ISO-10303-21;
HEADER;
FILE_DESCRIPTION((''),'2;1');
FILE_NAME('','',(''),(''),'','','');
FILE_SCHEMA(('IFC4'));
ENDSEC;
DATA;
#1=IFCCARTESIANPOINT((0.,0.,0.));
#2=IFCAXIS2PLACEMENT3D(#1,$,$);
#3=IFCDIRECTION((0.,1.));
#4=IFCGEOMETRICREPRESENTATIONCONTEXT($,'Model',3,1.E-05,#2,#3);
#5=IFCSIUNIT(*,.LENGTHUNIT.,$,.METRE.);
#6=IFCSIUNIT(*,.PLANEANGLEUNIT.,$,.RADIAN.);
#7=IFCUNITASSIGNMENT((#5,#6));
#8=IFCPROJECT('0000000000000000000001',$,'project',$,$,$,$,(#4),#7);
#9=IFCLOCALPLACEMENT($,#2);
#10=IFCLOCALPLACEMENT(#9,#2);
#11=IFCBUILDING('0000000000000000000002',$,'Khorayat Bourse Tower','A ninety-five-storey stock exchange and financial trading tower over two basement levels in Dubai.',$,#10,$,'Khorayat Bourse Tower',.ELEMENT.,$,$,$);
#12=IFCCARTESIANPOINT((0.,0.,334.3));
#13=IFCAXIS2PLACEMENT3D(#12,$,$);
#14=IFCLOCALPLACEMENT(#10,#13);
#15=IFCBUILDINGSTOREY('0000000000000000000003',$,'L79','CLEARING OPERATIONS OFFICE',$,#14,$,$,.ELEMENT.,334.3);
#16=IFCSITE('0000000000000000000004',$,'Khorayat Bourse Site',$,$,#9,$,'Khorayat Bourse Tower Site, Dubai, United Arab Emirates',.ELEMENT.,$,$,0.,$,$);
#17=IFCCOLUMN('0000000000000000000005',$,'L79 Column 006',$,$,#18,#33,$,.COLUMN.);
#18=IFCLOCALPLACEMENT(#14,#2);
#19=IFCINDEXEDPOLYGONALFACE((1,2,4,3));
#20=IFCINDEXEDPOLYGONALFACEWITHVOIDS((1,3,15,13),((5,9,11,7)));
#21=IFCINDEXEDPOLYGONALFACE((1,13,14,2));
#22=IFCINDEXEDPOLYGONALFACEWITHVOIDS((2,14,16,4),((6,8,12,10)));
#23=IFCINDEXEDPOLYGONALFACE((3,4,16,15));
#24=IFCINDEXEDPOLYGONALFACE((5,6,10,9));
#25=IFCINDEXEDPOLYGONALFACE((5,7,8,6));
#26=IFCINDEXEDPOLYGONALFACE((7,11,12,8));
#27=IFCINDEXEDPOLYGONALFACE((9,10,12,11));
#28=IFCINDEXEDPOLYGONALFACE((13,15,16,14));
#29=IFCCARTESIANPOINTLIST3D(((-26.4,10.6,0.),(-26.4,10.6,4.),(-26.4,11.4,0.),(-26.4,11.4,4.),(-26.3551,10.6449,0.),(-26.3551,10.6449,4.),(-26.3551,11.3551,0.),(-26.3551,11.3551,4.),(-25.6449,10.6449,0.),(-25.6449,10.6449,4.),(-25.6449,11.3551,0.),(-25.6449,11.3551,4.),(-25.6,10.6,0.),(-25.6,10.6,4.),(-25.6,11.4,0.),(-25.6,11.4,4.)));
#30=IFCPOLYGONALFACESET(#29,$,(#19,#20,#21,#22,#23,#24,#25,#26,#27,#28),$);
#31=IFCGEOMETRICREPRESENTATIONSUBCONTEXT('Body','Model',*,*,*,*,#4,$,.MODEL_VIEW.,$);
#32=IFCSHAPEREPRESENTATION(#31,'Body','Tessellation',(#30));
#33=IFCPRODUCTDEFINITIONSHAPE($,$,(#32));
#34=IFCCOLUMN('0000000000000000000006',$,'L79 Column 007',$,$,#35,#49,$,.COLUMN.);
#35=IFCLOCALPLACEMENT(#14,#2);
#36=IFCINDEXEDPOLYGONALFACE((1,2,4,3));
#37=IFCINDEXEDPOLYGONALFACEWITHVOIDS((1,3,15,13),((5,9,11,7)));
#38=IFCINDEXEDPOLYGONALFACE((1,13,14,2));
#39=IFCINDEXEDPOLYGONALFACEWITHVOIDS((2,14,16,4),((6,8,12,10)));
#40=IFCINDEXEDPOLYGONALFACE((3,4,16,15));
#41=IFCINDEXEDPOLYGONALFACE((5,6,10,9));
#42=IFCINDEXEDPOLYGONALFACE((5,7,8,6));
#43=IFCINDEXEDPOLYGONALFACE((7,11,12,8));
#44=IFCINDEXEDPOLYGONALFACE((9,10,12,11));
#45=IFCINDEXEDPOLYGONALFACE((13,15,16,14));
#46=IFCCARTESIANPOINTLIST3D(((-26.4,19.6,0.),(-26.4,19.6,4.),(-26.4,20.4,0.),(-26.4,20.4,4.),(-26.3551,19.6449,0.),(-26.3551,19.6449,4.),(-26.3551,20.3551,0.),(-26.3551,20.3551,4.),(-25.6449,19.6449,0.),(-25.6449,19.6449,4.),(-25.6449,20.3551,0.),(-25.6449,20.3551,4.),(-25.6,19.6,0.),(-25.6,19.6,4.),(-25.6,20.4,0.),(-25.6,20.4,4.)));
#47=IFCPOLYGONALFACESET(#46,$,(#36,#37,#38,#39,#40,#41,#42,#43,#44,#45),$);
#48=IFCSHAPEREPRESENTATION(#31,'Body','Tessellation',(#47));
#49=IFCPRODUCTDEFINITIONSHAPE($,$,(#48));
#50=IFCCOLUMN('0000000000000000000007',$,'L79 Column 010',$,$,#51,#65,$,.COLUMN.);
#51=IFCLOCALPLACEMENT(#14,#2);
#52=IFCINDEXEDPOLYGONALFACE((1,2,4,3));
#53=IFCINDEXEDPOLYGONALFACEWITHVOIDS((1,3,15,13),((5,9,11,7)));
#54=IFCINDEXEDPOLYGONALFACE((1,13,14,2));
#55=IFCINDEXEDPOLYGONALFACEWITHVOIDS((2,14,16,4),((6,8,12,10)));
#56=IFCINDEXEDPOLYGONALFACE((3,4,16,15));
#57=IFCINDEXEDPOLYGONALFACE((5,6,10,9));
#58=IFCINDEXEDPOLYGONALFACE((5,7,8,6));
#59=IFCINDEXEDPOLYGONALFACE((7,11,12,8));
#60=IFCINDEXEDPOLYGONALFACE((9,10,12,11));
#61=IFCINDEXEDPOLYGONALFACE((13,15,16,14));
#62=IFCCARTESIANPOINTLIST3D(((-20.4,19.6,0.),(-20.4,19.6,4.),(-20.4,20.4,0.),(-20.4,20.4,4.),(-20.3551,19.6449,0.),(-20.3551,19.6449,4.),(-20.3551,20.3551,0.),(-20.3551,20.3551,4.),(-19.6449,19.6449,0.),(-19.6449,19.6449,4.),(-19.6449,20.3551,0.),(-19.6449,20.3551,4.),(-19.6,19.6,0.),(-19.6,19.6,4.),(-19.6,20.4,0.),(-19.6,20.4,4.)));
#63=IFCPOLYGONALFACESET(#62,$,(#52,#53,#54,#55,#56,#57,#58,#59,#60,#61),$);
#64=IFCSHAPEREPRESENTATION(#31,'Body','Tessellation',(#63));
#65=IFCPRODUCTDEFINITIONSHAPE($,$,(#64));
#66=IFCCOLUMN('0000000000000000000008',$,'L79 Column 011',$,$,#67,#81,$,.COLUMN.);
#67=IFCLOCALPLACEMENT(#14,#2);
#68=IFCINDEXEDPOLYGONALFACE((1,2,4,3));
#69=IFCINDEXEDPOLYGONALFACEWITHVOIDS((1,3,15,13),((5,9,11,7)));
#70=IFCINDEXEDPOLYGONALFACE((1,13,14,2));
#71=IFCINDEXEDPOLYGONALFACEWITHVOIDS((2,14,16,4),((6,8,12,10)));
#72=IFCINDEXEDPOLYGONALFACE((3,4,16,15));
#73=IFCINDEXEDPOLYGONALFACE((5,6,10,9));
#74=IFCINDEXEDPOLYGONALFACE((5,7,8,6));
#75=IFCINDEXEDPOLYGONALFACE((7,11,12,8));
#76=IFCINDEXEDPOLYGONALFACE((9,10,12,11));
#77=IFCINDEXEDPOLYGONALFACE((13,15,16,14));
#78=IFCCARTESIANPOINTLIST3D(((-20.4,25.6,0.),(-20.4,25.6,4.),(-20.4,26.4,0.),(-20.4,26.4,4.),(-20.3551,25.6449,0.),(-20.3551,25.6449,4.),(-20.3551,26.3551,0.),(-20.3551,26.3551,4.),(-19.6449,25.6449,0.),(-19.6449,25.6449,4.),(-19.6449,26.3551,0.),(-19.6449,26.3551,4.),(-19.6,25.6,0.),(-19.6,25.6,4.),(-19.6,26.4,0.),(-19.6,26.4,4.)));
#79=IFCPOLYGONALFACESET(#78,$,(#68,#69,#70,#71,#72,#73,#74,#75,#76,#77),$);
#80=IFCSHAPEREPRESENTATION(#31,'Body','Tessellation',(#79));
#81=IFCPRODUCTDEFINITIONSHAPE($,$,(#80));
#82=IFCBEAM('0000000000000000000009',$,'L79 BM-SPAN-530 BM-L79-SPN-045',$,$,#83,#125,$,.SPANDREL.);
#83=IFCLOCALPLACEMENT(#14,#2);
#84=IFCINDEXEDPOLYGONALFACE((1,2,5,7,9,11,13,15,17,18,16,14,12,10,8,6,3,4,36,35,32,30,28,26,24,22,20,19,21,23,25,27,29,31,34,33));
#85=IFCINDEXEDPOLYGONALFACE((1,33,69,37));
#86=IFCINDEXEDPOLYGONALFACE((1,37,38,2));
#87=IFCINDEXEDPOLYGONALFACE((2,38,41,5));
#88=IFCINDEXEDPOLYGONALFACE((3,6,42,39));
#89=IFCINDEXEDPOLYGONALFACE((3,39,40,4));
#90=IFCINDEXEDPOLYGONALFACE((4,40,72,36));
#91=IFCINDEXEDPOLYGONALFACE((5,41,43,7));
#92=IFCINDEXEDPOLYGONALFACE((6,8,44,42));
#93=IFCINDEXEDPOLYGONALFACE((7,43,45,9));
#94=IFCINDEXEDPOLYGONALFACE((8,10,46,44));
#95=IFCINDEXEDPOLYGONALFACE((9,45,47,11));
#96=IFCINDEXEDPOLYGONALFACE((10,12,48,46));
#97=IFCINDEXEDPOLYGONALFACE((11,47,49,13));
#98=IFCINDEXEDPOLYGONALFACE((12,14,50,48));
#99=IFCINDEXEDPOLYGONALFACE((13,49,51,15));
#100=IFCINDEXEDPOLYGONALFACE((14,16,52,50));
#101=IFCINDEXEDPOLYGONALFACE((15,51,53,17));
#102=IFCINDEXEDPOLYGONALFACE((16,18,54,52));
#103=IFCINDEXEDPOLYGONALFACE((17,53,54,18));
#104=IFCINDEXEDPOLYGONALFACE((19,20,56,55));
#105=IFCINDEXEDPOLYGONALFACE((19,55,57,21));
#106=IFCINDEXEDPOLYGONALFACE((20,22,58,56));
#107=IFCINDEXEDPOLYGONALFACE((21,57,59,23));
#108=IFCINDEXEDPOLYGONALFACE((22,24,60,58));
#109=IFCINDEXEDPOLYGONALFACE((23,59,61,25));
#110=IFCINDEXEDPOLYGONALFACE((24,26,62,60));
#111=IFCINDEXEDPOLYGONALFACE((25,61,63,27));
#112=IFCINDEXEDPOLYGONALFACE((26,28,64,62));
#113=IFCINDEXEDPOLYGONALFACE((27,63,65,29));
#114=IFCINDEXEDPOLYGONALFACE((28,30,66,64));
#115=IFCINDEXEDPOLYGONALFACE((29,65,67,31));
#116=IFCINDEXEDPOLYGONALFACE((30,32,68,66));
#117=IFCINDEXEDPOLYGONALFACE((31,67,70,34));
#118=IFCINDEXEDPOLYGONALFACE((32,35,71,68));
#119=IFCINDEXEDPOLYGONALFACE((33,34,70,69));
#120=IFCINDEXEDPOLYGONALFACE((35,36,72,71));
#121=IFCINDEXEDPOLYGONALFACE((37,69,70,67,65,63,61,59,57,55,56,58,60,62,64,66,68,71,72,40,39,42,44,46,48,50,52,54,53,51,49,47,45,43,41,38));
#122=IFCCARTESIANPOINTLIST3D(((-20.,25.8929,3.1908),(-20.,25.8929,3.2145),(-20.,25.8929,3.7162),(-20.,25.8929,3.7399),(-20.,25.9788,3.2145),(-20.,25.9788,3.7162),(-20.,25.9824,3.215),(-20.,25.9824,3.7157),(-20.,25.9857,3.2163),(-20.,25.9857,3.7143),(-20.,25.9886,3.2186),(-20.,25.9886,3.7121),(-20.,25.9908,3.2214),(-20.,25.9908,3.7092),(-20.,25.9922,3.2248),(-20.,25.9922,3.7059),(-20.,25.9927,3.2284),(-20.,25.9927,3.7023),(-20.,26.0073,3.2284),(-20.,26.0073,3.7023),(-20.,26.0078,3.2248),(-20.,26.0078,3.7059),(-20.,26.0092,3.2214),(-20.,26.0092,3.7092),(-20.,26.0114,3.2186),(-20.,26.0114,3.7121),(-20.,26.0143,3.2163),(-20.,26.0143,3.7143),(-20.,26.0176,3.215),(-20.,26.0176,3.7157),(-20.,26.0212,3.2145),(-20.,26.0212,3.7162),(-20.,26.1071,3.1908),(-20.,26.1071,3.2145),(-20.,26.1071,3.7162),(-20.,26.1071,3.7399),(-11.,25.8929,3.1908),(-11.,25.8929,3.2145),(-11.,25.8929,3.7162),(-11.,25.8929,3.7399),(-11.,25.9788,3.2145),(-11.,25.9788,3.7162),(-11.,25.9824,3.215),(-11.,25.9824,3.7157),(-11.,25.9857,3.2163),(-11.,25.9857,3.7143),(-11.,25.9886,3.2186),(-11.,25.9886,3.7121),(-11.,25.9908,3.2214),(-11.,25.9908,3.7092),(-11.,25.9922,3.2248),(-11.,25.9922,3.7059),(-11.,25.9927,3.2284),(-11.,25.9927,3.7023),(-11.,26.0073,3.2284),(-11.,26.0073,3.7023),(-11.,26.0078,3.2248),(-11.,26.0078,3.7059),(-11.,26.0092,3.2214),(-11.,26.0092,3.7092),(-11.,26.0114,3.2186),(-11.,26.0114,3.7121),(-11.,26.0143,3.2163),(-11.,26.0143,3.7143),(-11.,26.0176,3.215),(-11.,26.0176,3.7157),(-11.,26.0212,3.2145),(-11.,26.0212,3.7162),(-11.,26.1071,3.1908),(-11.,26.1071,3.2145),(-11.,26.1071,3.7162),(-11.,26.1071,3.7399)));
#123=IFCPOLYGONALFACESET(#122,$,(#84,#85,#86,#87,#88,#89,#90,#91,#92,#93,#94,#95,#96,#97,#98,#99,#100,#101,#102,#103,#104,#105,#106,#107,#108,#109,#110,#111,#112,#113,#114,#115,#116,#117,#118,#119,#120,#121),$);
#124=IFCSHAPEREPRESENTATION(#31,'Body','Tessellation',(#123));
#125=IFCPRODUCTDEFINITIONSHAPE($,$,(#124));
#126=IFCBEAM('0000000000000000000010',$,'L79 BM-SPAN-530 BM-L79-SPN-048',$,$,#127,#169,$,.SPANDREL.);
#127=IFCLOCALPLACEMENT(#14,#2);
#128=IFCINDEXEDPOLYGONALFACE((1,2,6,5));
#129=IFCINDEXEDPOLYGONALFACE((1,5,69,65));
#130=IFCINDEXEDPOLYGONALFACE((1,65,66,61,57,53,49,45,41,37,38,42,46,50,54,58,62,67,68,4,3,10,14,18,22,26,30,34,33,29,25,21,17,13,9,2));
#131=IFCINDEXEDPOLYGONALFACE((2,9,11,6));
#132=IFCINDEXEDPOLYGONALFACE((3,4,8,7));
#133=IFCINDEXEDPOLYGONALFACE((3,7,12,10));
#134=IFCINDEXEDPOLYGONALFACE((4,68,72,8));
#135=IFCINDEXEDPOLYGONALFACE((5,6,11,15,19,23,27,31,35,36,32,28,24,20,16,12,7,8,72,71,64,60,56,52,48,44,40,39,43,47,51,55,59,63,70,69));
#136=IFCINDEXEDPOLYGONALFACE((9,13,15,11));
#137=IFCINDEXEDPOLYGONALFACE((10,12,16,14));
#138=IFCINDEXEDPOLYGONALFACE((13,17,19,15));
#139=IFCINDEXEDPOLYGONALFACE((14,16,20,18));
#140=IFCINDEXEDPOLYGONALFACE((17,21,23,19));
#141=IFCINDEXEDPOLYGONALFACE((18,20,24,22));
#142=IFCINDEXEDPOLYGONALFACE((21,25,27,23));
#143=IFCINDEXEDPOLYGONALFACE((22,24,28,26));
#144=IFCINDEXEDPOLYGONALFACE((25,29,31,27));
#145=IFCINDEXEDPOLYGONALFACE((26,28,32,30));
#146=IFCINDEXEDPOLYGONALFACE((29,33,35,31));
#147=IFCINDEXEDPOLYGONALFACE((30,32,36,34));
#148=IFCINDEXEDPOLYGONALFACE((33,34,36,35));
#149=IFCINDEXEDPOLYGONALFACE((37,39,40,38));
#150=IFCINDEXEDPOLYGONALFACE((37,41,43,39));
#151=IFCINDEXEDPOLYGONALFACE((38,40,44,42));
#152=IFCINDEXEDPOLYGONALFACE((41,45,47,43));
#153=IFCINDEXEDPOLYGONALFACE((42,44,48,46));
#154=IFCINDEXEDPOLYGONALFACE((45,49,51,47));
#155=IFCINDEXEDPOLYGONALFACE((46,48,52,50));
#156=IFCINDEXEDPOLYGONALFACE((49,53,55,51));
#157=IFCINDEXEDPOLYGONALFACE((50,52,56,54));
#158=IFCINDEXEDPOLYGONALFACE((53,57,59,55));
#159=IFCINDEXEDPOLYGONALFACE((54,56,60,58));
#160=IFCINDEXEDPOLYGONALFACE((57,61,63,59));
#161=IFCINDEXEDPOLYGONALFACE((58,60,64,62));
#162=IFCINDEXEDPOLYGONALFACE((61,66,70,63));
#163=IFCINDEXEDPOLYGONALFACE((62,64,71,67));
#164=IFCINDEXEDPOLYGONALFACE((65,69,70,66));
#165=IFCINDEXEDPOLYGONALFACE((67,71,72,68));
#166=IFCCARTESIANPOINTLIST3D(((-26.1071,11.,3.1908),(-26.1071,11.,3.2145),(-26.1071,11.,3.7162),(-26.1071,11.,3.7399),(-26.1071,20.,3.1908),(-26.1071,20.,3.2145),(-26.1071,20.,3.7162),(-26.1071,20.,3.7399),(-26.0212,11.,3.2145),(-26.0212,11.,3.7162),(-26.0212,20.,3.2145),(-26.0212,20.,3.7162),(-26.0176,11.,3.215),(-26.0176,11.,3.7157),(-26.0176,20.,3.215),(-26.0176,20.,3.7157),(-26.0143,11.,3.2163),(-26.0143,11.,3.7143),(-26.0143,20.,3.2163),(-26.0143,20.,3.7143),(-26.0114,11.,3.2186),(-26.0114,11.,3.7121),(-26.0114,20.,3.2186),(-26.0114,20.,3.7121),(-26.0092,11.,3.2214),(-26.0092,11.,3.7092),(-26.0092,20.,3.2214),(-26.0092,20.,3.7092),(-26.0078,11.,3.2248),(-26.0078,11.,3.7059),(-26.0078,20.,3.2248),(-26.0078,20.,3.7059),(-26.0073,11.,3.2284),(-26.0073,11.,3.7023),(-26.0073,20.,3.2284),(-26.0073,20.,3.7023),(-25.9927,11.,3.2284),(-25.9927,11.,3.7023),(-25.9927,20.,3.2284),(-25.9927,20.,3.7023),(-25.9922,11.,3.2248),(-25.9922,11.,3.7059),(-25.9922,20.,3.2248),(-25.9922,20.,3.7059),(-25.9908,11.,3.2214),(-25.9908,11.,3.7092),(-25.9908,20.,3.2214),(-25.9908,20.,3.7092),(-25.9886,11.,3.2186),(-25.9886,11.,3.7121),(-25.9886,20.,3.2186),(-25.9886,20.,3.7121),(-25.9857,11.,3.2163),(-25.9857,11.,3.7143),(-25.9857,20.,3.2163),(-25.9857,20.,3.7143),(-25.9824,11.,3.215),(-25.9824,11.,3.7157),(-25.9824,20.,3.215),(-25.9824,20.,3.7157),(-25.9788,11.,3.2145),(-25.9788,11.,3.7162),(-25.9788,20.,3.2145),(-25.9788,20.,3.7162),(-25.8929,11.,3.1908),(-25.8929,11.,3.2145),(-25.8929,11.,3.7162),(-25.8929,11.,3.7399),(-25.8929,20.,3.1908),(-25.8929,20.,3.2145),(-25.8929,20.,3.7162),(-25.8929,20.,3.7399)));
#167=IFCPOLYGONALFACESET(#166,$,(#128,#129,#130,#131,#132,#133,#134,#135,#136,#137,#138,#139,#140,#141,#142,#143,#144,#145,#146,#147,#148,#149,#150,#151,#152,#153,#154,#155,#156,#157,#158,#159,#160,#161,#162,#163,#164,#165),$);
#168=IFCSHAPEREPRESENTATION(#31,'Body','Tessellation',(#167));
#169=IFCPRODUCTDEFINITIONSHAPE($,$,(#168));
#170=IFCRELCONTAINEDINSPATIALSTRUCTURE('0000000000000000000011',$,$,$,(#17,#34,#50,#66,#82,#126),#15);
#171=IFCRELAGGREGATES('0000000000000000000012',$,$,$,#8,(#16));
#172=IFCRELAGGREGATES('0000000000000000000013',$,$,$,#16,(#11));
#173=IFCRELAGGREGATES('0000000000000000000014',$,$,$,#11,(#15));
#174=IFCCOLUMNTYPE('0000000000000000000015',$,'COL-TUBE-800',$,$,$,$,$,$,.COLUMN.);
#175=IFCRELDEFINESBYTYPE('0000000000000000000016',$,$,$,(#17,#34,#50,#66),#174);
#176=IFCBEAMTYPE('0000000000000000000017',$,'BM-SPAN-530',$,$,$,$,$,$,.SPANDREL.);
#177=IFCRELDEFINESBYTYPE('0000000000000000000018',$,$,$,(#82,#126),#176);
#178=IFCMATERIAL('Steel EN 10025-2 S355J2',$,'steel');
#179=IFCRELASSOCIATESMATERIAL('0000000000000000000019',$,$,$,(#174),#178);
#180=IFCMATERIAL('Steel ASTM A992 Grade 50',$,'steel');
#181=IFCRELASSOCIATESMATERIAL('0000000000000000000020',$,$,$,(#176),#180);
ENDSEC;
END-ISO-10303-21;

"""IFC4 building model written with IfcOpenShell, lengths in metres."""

from ifc_helpers import new_model, si_unit, direction, frame, origin, origin_2d, place, context, subcontext, project, spatial, hollow_rectangle, i_section, extrude, source, transform, mapped, material, material_profile, profile_set, type_object, element, save


model = new_model("IFC4")

# Units and contexts
model_context = context("Model", 3, precision=1e-05, world=origin(), true_north=direction((0.0, 1.0)))
body_context = subcontext(model_context, "Body", "Model", "MODEL_VIEW")
ifc_project = project(units=[si_unit("LENGTHUNIT", "METRE"), si_unit("PLANEANGLEUNIT", "RADIAN")], contexts=[model_context])

# Site, building, storey
site_placement = place(None, origin())
site = spatial("IfcSite", under=ifc_project, at=site_placement, Name="Khorayat Bourse Site", LongName="Khorayat Bourse Tower Site, Dubai, United Arab Emirates", CompositionType="ELEMENT", RefElevation=0.0)
building_placement = place(site_placement, origin())
building = spatial("IfcBuilding", under=site, at=building_placement, Name="Khorayat Bourse Tower", Description="A ninety-five-storey stock exchange and financial trading tower over two basement levels in Dubai.", LongName="Khorayat Bourse Tower", CompositionType="ELEMENT")
storey_placement = place(building_placement, frame((0.0, 0.0, 334.3)))
storey = spatial("IfcBuildingStorey", under=building, at=storey_placement, Name="L79", Description="CLEARING OPERATIONS OFFICE", CompositionType="ELEMENT", Elevation=334.3)

# Columns
ifc_material_1 = material(Name="Steel EN 10025-2 S355J2", Category="steel")
ifc_material_profile_1 = material_profile(ifc_material_1, hollow_rectangle(XDim=0.8, YDim=0.8, WallThickness=0.0449, at=origin_2d()), Name="BOX 800x800x45")
ifc_profile_set_1 = profile_set([ifc_material_profile_1], Name="Steel EN 10025-2 S355J2")
column_type = type_object("IfcColumnType", Name="COL-TUBE-800", PredefinedType="COLUMN", material=ifc_profile_set_1)
shared_shape_1 = source(origin(), body_context, "Body", "SweptSolid", [
    extrude(hollow_rectangle(XDim=0.8, YDim=0.8, WallThickness=0.0449, at=origin_2d()), origin(), (0.0, 0.0, 1.0), 4.0),
])
for number, where, z_axis, x_axis, name in (
    (1, (-26.0, 11.0, 0.0), (0.0, 0.0, 1.0), (1.0, 0.0, 0.0), "L79 Column 006"),
    (2, (-26.0, 20.0, 0.0), (0.0, 0.0, 1.0), (1.0, 0.0, 0.0), "L79 Column 007"),
    (3, (-20.0, 20.0, 0.0), (0.0, 0.0, 1.0), (1.0, 0.0, 0.0), "L79 Column 010"),
    (4, (-20.0, 26.0, 0.0), (0.0, 0.0, 1.0), (1.0, 0.0, 0.0), "L79 Column 011"),
):
    element("IfcColumn", number, at=place(storey_placement, frame(where, z_axis=z_axis, x_axis=x_axis)), inside=storey, type_object=column_type, Name=name, PredefinedType="COLUMN", context=body_context, shape_type="MappedRepresentation", body=[
        mapped(shared_shape_1, transform((0.0, 0.0, 0.0), scale=1.0)),
    ])

# Beams
ifc_material_2 = material(Name="Steel ASTM A992 Grade 50", Category="steel")
ifc_material_profile_2 = material_profile(ifc_material_2, i_section(OverallWidth=0.2141, OverallDepth=0.5491, WebThickness=0.0146, FlangeThickness=0.0237, FilletRadius=0.0139, at=origin_2d()), Name="W530X138")
ifc_profile_set_2 = profile_set([ifc_material_profile_2], Name="Steel ASTM A992 Grade 50")
beam_type_1 = type_object("IfcBeamType", Name="BM-SPAN-530", PredefinedType="SPANDREL", material=ifc_profile_set_2)
shared_shape_2 = source(origin(), body_context, "Body", "SweptSolid", [
    extrude(i_section(OverallWidth=0.2141, OverallDepth=0.5491, WebThickness=0.0146, FlangeThickness=0.0237, FilletRadius=0.0139, at=origin_2d()), origin(), (0.0, 0.0, 1.0), 9.0),
])
for number, where, z_axis, x_axis, name in (
    (5, (-20.0, 26.0, 3.4653), (1.0, 0.0, 0.0), (0.0, 1.0, 0.0), "L79 BM-SPAN-530 BM-L79-SPN-045"),
    (6, (-26.0, 11.0, 3.4653), (0.0, 1.0, 0.0), (-1.0, 0.0, 0.0), "L79 BM-SPAN-530 BM-L79-SPN-048"),
):
    element("IfcBeam", number, at=place(storey_placement, frame(where, z_axis=z_axis, x_axis=x_axis)), inside=storey, type_object=beam_type_1, Name=name, PredefinedType="SPANDREL", context=body_context, shape_type="MappedRepresentation", body=[
        mapped(shared_shape_2, transform((0.0, 0.0, 0.0), scale=1.0)),
    ])

save(model, "model.ifc")
